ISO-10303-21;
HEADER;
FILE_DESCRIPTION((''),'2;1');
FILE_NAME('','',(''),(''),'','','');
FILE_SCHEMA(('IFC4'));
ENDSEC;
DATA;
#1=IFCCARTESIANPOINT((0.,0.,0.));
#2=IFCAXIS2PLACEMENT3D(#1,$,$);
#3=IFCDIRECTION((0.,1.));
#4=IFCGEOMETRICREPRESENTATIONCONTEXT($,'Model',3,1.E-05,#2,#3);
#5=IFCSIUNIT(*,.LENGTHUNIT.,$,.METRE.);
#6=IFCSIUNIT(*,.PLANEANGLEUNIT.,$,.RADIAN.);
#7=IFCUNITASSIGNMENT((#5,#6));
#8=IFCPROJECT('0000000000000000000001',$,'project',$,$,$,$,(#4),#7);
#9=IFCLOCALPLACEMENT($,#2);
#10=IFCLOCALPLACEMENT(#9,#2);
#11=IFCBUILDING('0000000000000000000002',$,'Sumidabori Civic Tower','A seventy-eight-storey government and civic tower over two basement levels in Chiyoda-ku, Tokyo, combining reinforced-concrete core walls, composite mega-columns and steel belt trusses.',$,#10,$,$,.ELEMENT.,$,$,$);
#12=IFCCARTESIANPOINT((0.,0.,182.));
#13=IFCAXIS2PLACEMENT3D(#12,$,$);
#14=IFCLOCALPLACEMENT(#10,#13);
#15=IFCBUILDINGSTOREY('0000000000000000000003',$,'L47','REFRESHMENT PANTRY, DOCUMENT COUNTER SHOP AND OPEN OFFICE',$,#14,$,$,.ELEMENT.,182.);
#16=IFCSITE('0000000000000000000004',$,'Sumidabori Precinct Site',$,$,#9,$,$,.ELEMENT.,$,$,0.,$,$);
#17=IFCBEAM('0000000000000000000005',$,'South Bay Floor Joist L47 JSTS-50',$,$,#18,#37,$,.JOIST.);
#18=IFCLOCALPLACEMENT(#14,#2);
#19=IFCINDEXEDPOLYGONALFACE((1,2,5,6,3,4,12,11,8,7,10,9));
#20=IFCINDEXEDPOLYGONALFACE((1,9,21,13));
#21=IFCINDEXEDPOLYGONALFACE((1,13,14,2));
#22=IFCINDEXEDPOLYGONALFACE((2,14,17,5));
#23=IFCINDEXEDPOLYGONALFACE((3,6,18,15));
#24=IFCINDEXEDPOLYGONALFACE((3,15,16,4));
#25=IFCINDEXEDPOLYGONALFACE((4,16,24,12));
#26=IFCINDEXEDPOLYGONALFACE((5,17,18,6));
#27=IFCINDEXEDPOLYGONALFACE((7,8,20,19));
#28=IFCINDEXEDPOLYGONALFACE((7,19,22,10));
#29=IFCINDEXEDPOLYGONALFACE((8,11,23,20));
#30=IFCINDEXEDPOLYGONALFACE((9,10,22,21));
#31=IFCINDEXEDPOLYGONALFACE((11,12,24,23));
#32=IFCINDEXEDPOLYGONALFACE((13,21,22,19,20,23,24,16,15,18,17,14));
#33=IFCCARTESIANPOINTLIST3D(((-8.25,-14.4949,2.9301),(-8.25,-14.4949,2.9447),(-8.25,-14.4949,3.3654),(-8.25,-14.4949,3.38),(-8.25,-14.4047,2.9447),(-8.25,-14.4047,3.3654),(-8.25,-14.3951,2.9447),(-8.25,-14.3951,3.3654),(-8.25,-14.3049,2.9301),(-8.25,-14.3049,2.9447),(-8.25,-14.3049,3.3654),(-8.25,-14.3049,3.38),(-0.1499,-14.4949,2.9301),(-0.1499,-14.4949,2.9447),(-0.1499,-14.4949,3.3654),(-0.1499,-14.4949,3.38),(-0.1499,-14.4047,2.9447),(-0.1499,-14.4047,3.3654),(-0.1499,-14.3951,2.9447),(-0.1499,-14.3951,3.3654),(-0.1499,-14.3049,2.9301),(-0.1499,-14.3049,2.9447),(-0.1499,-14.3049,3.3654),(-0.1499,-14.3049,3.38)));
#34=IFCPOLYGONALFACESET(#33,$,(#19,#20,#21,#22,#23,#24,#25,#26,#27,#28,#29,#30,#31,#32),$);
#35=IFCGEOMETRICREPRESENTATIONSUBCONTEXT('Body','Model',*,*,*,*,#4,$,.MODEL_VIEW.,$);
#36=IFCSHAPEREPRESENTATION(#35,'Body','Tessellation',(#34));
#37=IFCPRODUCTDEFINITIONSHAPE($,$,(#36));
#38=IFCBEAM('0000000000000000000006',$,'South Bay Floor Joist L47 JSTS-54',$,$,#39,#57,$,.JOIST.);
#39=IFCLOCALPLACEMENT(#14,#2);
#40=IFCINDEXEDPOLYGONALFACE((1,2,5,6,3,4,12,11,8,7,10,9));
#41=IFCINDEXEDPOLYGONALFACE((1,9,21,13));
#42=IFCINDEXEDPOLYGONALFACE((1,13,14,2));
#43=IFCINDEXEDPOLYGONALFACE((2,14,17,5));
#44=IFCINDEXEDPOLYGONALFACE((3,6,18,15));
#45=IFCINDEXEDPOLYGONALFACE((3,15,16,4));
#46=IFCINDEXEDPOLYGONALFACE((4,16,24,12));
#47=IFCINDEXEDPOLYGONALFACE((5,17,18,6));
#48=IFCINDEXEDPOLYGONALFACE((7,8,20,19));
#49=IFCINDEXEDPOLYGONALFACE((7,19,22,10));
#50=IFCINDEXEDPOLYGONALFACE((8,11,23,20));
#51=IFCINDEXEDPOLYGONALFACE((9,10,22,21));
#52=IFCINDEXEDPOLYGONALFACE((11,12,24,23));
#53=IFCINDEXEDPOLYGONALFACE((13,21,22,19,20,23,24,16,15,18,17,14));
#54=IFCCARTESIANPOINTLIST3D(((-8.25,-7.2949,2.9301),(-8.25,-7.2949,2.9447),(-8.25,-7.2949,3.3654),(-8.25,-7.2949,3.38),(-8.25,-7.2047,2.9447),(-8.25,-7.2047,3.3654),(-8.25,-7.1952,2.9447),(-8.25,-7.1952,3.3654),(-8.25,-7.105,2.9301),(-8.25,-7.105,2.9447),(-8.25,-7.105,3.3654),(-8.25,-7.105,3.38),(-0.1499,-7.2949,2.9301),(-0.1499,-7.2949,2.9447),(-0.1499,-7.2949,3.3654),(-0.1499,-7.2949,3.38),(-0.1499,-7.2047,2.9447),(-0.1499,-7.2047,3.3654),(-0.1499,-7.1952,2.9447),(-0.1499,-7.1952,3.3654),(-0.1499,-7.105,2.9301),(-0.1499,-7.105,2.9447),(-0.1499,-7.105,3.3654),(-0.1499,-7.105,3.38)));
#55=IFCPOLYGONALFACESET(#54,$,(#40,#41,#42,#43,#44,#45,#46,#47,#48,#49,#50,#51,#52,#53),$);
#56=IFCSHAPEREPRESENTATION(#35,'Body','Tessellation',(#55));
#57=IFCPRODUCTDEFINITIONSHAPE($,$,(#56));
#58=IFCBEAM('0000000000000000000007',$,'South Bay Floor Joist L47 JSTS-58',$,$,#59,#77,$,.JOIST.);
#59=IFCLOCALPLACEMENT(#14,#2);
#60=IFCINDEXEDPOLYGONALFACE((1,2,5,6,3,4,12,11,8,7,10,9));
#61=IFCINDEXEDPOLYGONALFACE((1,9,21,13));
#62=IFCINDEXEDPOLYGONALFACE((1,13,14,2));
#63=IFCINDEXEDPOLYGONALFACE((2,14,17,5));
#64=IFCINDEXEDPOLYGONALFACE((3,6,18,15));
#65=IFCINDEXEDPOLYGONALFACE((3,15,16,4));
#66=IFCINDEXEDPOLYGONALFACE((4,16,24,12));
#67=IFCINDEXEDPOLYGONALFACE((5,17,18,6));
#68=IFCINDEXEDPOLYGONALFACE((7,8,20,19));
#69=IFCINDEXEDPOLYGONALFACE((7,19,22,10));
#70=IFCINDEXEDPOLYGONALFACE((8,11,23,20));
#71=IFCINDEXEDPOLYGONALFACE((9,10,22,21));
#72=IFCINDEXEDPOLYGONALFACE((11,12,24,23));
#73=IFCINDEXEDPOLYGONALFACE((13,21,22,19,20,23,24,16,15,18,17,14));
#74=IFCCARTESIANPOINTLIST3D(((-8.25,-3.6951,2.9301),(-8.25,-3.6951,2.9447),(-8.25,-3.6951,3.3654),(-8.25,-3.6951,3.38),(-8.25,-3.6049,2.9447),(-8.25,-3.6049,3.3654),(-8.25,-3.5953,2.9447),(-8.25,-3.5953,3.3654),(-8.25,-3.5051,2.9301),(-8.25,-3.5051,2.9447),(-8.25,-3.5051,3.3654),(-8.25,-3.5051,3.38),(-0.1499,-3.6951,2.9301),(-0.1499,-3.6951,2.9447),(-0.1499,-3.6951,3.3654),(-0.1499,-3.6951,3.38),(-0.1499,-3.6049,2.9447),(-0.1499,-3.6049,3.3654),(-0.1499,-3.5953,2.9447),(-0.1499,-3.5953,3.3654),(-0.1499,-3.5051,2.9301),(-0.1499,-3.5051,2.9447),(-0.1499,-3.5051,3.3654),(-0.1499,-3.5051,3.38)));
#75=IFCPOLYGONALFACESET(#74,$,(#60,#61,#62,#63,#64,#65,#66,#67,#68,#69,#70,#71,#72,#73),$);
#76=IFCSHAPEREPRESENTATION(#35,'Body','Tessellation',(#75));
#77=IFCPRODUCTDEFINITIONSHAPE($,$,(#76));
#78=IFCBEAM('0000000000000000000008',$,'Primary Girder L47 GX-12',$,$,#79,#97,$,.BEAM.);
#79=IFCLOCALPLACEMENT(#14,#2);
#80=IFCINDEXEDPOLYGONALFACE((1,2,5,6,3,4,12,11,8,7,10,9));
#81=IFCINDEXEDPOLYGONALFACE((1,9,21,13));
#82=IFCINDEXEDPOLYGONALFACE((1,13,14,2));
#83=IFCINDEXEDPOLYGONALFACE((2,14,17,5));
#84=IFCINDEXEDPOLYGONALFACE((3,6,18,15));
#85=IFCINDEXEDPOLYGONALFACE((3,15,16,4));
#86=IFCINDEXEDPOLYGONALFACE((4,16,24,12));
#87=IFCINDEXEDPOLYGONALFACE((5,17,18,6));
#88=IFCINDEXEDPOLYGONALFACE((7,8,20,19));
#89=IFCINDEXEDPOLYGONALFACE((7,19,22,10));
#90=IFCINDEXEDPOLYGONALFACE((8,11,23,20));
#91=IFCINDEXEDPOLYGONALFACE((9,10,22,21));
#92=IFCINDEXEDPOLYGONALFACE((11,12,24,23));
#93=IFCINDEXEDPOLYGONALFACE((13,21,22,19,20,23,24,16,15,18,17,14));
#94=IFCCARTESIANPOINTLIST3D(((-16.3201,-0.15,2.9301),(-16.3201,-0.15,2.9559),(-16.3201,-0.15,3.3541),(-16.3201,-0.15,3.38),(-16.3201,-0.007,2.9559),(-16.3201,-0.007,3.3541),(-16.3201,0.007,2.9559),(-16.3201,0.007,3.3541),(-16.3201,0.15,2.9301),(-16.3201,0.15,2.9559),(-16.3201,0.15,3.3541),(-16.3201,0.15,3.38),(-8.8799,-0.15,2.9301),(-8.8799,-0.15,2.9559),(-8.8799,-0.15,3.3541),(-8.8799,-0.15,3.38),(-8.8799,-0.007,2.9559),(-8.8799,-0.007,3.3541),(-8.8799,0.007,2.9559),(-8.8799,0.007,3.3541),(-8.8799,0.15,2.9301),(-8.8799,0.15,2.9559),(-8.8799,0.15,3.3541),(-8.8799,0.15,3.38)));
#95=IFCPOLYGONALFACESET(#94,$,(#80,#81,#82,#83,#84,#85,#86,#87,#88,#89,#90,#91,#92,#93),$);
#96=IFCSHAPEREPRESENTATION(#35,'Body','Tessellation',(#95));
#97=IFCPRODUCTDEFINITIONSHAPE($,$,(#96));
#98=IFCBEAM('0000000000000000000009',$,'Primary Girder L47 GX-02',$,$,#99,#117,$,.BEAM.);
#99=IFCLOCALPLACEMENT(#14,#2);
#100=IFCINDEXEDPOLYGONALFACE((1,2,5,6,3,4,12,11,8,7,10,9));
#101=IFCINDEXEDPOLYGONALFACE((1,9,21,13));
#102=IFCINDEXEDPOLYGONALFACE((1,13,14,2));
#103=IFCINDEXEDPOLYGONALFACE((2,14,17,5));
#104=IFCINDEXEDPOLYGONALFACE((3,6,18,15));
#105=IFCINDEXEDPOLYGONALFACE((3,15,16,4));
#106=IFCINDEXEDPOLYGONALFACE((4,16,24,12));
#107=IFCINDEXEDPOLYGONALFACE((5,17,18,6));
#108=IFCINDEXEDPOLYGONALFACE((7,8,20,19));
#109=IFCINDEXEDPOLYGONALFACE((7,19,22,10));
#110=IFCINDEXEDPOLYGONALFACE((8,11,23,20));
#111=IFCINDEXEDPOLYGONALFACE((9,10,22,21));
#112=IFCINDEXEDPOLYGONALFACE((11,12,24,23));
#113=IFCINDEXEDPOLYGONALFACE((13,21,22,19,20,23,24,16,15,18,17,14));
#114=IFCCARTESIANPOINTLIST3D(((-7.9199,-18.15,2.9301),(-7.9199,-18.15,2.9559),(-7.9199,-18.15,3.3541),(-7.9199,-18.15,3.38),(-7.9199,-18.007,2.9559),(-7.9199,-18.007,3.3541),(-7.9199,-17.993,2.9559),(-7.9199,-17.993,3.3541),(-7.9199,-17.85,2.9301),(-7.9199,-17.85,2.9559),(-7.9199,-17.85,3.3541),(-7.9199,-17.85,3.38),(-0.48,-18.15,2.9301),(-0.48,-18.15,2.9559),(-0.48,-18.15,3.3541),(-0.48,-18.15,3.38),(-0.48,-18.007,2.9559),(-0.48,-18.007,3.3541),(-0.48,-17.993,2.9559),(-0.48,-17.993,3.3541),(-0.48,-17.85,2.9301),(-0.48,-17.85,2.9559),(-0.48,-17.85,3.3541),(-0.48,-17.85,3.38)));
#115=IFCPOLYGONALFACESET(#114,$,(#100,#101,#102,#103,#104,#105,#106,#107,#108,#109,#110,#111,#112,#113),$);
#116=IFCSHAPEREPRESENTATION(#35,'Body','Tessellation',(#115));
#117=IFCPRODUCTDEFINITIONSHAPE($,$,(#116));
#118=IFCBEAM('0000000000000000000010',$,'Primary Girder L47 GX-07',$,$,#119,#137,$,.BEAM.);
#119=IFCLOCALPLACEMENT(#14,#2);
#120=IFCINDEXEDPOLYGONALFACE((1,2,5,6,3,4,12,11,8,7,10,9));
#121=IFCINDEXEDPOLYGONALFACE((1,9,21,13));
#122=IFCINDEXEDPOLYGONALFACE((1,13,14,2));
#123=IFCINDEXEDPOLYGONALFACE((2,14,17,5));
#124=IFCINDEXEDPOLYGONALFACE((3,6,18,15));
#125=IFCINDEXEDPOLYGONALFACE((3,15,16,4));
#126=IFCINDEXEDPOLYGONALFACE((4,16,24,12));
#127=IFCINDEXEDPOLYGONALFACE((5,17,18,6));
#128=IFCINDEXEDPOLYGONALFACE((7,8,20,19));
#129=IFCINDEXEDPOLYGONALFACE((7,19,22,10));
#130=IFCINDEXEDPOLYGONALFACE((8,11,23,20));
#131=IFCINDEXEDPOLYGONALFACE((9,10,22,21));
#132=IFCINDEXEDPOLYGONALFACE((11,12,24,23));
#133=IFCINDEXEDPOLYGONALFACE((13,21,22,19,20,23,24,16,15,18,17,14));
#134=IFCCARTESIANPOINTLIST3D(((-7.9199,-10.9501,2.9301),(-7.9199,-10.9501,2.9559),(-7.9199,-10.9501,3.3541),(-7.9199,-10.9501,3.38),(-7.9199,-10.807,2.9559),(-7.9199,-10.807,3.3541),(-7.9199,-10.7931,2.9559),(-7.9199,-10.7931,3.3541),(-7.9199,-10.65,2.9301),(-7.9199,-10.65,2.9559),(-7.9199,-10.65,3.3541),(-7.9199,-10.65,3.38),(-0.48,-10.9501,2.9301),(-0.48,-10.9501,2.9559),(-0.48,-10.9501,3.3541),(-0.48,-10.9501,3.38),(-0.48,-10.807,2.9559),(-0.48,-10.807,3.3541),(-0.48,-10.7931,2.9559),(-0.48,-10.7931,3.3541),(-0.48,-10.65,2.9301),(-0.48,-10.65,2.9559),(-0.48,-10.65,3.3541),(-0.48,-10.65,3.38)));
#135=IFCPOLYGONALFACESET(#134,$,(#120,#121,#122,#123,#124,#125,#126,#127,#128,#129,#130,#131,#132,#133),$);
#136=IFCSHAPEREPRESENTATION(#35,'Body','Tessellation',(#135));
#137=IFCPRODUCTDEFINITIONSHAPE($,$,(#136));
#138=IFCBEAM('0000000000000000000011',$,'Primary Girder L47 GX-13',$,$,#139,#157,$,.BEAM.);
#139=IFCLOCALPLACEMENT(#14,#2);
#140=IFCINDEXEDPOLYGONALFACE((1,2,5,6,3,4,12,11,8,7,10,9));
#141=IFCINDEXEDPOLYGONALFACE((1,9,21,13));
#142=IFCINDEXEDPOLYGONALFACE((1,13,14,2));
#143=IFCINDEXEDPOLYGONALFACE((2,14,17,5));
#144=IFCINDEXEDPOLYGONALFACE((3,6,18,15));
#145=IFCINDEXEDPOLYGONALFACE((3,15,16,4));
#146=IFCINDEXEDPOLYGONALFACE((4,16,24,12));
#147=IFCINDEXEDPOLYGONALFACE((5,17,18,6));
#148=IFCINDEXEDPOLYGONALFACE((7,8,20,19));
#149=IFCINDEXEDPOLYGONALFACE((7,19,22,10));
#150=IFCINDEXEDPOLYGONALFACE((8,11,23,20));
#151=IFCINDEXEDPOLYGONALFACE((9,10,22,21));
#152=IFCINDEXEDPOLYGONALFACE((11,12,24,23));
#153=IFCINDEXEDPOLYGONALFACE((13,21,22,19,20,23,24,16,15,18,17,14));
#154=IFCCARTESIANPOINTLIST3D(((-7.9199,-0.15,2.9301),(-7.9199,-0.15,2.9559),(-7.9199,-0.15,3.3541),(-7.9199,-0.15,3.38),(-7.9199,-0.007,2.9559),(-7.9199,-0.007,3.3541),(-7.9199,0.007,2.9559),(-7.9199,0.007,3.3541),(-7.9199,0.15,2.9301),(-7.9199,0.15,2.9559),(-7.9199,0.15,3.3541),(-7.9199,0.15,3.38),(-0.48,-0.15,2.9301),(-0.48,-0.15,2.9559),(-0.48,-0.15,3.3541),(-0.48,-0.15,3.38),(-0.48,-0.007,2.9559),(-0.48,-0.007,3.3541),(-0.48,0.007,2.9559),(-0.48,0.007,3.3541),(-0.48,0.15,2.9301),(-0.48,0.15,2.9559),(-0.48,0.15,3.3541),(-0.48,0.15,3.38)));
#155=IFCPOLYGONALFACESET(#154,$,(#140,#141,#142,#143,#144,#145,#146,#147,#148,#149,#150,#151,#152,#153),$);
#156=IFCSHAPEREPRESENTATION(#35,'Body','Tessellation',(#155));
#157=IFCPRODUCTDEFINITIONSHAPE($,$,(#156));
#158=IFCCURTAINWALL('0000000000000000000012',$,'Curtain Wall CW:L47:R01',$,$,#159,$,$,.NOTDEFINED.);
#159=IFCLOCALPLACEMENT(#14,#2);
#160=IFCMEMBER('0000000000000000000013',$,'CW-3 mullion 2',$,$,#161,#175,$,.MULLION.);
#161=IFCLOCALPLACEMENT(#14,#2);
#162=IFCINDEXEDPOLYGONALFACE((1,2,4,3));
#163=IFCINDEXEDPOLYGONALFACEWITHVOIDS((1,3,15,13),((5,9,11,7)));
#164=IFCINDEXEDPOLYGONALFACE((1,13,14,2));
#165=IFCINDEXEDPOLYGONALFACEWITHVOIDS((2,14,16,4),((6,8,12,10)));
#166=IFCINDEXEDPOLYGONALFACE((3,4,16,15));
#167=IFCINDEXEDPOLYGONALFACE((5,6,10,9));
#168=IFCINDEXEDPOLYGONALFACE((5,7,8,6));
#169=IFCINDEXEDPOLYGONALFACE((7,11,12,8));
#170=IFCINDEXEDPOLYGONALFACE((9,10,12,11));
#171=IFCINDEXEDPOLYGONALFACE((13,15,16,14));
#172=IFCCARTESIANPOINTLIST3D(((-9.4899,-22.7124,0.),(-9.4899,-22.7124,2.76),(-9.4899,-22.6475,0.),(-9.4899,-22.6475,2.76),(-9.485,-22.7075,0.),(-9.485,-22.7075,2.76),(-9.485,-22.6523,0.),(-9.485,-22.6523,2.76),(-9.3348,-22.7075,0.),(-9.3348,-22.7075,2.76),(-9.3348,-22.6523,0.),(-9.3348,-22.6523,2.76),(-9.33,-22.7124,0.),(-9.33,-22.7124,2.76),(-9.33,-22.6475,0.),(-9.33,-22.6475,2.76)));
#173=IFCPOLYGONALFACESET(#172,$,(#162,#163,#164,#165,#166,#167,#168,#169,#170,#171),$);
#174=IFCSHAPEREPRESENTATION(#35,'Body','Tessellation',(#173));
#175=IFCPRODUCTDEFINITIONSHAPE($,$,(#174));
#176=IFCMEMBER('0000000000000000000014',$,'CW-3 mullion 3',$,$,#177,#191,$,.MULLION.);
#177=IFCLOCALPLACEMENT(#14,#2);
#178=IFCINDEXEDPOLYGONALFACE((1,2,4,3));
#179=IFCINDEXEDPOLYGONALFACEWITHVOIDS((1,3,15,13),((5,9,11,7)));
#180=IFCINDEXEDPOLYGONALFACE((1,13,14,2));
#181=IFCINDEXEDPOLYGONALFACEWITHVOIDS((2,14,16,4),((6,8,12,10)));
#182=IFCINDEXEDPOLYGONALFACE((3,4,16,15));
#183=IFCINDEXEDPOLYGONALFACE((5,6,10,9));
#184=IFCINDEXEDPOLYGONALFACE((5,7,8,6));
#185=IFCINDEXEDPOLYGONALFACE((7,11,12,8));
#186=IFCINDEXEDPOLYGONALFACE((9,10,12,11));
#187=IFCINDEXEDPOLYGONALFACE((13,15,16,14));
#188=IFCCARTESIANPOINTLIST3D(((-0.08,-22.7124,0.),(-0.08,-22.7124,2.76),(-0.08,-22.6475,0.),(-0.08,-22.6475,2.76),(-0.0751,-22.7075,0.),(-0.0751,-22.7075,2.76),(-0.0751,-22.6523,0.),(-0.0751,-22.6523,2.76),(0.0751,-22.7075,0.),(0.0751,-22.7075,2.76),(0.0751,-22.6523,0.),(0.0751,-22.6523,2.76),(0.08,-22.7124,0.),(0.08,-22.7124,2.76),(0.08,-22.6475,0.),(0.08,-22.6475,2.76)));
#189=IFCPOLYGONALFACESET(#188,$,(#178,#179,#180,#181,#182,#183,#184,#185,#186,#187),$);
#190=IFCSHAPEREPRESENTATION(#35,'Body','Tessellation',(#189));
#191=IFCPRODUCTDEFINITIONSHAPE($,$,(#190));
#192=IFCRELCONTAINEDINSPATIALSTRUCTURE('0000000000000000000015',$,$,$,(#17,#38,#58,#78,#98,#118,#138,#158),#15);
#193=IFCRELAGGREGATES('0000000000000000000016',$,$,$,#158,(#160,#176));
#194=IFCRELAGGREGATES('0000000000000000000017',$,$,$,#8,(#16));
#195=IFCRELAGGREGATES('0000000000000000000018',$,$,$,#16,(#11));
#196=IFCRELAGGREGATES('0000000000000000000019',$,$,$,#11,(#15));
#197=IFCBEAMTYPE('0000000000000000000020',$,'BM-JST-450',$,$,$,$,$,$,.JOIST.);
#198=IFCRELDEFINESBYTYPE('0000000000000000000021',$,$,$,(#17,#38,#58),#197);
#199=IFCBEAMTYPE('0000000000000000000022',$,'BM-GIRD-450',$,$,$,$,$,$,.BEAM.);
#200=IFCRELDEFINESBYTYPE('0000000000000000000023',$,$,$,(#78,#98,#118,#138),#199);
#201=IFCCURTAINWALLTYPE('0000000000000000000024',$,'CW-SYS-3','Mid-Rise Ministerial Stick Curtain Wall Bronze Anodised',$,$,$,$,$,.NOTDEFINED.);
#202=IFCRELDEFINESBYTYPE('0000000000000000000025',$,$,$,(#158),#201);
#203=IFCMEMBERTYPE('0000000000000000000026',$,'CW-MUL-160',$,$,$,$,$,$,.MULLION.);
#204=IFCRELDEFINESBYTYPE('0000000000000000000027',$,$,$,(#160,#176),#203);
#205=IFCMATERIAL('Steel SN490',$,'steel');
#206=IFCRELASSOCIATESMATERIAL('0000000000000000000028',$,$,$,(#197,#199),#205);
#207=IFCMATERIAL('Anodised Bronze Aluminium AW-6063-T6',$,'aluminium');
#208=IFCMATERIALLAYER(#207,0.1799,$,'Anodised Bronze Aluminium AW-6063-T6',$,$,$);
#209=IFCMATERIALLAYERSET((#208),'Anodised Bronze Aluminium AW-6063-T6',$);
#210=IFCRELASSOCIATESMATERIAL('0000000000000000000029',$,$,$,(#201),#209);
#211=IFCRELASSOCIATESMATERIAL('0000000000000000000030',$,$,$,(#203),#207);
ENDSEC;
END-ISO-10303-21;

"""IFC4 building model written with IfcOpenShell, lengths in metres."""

from ifc_helpers import new_model, si_unit, direction, frame, origin, origin_2d, place, context, subcontext, project, spatial, hollow_rectangle, i_section, extrude, source, transform, mapped, material, layer, layer_set, material_profile, profile_set, type_object, element, aggregate, save


model = new_model("IFC4")

# Units and contexts
model_context = context("Model", 3, precision=1e-05, world=origin(), true_north=direction((0.0, 1.0)))
body_context = subcontext(model_context, "Body", "Model", "MODEL_VIEW")
ifc_project = project(units=[si_unit("LENGTHUNIT", "METRE"), si_unit("PLANEANGLEUNIT", "RADIAN")], contexts=[model_context])

# Site, building, storey
site_placement = place(None, origin())
site = spatial("IfcSite", under=ifc_project, at=site_placement, Name="Sumidabori Precinct Site", CompositionType="ELEMENT", RefElevation=0.0)
building_placement = place(site_placement, origin())
building = spatial("IfcBuilding", under=site, at=building_placement, Name="Sumidabori Civic Tower", Description="A seventy-eight-storey government and civic tower over two basement levels in Chiyoda-ku, Tokyo, combining reinforced-concrete core walls, composite mega-columns and steel belt trusses.", CompositionType="ELEMENT")
storey_placement = place(building_placement, frame((0.0, 0.0, 182.0)))
storey = spatial("IfcBuildingStorey", under=building, at=storey_placement, Name="L47", Description="REFRESHMENT PANTRY, DOCUMENT COUNTER SHOP AND OPEN OFFICE", CompositionType="ELEMENT", Elevation=182.0)

# Beams
ifc_material_1 = material(Name="Steel SN490", Category="steel")
ifc_material_profile_1 = material_profile(ifc_material_1, i_section(OverallWidth=0.1899, OverallDepth=0.45, WebThickness=0.0095, FlangeThickness=0.0146, at=origin_2d()), Name="IPE 450")
ifc_profile_set_1 = profile_set([ifc_material_profile_1], Name="Steel SN490")
beam_type_1 = type_object("IfcBeamType", Name="BM-JST-450", PredefinedType="JOIST", material=ifc_profile_set_1)
shared_shape_1 = source(origin(), body_context, "Body", "SweptSolid", [
    extrude(i_section(OverallWidth=0.1899, OverallDepth=0.45, WebThickness=0.0095, FlangeThickness=0.0146, at=origin_2d()), origin(), (0.0, 0.0, 1.0), 8.1001),
])
for number, where, z_axis, x_axis, name in (
    (1, (-8.25, -14.3999, 3.155), (1.0, 0.0, 0.0), (0.0, 1.0, 0.0), "South Bay Floor Joist L47 JSTS-50"),
    (2, (-8.25, -7.2, 3.155), (1.0, 0.0, 0.0), (0.0, 1.0, 0.0), "South Bay Floor Joist L47 JSTS-54"),
    (3, (-8.25, -3.6001, 3.155), (1.0, 0.0, 0.0), (0.0, 1.0, 0.0), "South Bay Floor Joist L47 JSTS-58"),
):
    element("IfcBeam", number, at=place(storey_placement, frame(where, z_axis=z_axis, x_axis=x_axis)), inside=storey, type_object=beam_type_1, Name=name, PredefinedType="JOIST", context=body_context, shape_type="MappedRepresentation", body=[
        mapped(shared_shape_1, transform((0.0, 0.0, 0.0), x_axis=(1.0, 0.0, 0.0), y_axis=(0.0, 1.0, 0.0), z_axis=(0.0, 0.0, 1.0), scale=1.0)),
    ])
ifc_material_profile_2 = material_profile(ifc_material_1, i_section(OverallWidth=0.3, OverallDepth=0.45, WebThickness=0.0139, FlangeThickness=0.0259, at=origin_2d()), Name="HE 450 B")
ifc_profile_set_2 = profile_set([ifc_material_profile_2], Name="Steel SN490")
beam_type_2 = type_object("IfcBeamType", Name="BM-GIRD-450", PredefinedType="BEAM", material=ifc_profile_set_2)
shared_shape_2 = source(origin(), body_context, "Body", "SweptSolid", [
    extrude(i_section(OverallWidth=0.3, OverallDepth=0.45, WebThickness=0.0139, FlangeThickness=0.0259, at=origin_2d()), origin(), (0.0, 0.0, 1.0), 7.4402),
])
beam_placement = place(storey_placement, frame((-16.3201, 0.0, 3.155), z_axis=(1.0, 0.0, 0.0), x_axis=(0.0, 1.0, 0.0)))
element("IfcBeam", 4, at=beam_placement, inside=storey, type_object=beam_type_2, Name="Primary Girder L47 GX-12", PredefinedType="BEAM", context=body_context, shape_type="MappedRepresentation", body=[
    mapped(shared_shape_2, transform((0.0, 0.0, 0.0), x_axis=(1.0, 0.0, 0.0), y_axis=(0.0, 1.0, 0.0), z_axis=(0.0, 0.0, 1.0), scale=1.0)),
])
shared_shape_3 = source(origin(), body_context, "Body", "SweptSolid", [
    extrude(i_section(OverallWidth=0.3, OverallDepth=0.45, WebThickness=0.0139, FlangeThickness=0.0259, at=origin_2d()), origin(), (0.0, 0.0, 1.0), 7.4399),
])
for number, where, z_axis, x_axis, name in (
    (5, (-7.9199, -18.0, 3.155), (1.0, 0.0, 0.0), (0.0, 1.0, 0.0), "Primary Girder L47 GX-02"),
    (6, (-7.9199, -10.8, 3.155), (1.0, 0.0, 0.0), (0.0, 1.0, 0.0), "Primary Girder L47 GX-07"),
    (7, (-7.9199, 0.0, 3.155), (1.0, 0.0, 0.0), (0.0, 1.0, 0.0), "Primary Girder L47 GX-13"),
):
    element("IfcBeam", number, at=place(storey_placement, frame(where, z_axis=z_axis, x_axis=x_axis)), inside=storey, type_object=beam_type_2, Name=name, PredefinedType="BEAM", context=body_context, shape_type="MappedRepresentation", body=[
        mapped(shared_shape_3, transform((0.0, 0.0, 0.0), x_axis=(1.0, 0.0, 0.0), y_axis=(0.0, 1.0, 0.0), z_axis=(0.0, 0.0, 1.0), scale=1.0)),
    ])

# Curtain wall, members
ifc_material_2 = material(Name="Anodised Bronze Aluminium AW-6063-T6", Category="aluminium")
ifc_layer_1 = layer(ifc_material_2, 0.1799, Name="Anodised Bronze Aluminium AW-6063-T6")
ifc_layer_set_1 = layer_set([ifc_layer_1], Name="Anodised Bronze Aluminium AW-6063-T6")
curtain_wall_type = type_object("IfcCurtainWallType", Name="CW-SYS-3", Description="Mid-Rise Ministerial Stick Curtain Wall Bronze Anodised", PredefinedType="NOTDEFINED", material=ifc_layer_set_1)
curtain_wall_placement = place(storey_placement, origin())
curtain_wall = element("IfcCurtainWall", 8, at=curtain_wall_placement, inside=storey, type_object=curtain_wall_type, Name="Curtain Wall CW:L47:R01", PredefinedType="NOTDEFINED")
ifc_material_profile_3 = material_profile(ifc_material_2, hollow_rectangle(XDim=0.0649, YDim=0.1599, WallThickness=0.0049, at=origin_2d()), Name="ALU MULLION 160x65")
ifc_profile_set_3 = profile_set([ifc_material_profile_3], Name="Anodised Bronze Aluminium AW-6063-T6")
member_type_1 = type_object("IfcMemberType", Name="CW-MUL-160", PredefinedType="MULLION", material=ifc_profile_set_3)
shared_shape_4 = source(origin(), body_context, "Body", "SweptSolid", [
    extrude(hollow_rectangle(XDim=0.0649, YDim=0.1599, WallThickness=0.0049, at=origin_2d()), origin(), (0.0, 0.0, 1.0), 2.76),
])
member_1_placement = place(storey_placement, frame((-9.4099, -22.6799, 0.0), z_axis=(0.0, 0.0, 1.0), x_axis=(0.0, 1.0, 0.0)))
member_1 = element("IfcMember", 9, at=member_1_placement, type_object=member_type_1, Name="CW-3 mullion 2", PredefinedType="MULLION", context=body_context, shape_type="MappedRepresentation", body=[
    mapped(shared_shape_4, transform((0.0, 0.0, 0.0), x_axis=(1.0, 0.0, 0.0), y_axis=(0.0, 1.0, 0.0), z_axis=(0.0, 0.0, 1.0), scale=1.0)),
])
member_2_placement = place(storey_placement, frame((0.0, -22.6799, 0.0), z_axis=(0.0, 0.0, 1.0), x_axis=(0.0, 1.0, 0.0)))
member_2 = element("IfcMember", 10, at=member_2_placement, type_object=member_type_1, Name="CW-3 mullion 3", PredefinedType="MULLION", context=body_context, shape_type="MappedRepresentation", body=[
    mapped(shared_shape_4, transform((0.0, 0.0, 0.0), x_axis=(1.0, 0.0, 0.0), y_axis=(0.0, 1.0, 0.0), z_axis=(0.0, 0.0, 1.0), scale=1.0)),
])

aggregate(curtain_wall, [member_1, member_2])

save(model, "model.ifc")
